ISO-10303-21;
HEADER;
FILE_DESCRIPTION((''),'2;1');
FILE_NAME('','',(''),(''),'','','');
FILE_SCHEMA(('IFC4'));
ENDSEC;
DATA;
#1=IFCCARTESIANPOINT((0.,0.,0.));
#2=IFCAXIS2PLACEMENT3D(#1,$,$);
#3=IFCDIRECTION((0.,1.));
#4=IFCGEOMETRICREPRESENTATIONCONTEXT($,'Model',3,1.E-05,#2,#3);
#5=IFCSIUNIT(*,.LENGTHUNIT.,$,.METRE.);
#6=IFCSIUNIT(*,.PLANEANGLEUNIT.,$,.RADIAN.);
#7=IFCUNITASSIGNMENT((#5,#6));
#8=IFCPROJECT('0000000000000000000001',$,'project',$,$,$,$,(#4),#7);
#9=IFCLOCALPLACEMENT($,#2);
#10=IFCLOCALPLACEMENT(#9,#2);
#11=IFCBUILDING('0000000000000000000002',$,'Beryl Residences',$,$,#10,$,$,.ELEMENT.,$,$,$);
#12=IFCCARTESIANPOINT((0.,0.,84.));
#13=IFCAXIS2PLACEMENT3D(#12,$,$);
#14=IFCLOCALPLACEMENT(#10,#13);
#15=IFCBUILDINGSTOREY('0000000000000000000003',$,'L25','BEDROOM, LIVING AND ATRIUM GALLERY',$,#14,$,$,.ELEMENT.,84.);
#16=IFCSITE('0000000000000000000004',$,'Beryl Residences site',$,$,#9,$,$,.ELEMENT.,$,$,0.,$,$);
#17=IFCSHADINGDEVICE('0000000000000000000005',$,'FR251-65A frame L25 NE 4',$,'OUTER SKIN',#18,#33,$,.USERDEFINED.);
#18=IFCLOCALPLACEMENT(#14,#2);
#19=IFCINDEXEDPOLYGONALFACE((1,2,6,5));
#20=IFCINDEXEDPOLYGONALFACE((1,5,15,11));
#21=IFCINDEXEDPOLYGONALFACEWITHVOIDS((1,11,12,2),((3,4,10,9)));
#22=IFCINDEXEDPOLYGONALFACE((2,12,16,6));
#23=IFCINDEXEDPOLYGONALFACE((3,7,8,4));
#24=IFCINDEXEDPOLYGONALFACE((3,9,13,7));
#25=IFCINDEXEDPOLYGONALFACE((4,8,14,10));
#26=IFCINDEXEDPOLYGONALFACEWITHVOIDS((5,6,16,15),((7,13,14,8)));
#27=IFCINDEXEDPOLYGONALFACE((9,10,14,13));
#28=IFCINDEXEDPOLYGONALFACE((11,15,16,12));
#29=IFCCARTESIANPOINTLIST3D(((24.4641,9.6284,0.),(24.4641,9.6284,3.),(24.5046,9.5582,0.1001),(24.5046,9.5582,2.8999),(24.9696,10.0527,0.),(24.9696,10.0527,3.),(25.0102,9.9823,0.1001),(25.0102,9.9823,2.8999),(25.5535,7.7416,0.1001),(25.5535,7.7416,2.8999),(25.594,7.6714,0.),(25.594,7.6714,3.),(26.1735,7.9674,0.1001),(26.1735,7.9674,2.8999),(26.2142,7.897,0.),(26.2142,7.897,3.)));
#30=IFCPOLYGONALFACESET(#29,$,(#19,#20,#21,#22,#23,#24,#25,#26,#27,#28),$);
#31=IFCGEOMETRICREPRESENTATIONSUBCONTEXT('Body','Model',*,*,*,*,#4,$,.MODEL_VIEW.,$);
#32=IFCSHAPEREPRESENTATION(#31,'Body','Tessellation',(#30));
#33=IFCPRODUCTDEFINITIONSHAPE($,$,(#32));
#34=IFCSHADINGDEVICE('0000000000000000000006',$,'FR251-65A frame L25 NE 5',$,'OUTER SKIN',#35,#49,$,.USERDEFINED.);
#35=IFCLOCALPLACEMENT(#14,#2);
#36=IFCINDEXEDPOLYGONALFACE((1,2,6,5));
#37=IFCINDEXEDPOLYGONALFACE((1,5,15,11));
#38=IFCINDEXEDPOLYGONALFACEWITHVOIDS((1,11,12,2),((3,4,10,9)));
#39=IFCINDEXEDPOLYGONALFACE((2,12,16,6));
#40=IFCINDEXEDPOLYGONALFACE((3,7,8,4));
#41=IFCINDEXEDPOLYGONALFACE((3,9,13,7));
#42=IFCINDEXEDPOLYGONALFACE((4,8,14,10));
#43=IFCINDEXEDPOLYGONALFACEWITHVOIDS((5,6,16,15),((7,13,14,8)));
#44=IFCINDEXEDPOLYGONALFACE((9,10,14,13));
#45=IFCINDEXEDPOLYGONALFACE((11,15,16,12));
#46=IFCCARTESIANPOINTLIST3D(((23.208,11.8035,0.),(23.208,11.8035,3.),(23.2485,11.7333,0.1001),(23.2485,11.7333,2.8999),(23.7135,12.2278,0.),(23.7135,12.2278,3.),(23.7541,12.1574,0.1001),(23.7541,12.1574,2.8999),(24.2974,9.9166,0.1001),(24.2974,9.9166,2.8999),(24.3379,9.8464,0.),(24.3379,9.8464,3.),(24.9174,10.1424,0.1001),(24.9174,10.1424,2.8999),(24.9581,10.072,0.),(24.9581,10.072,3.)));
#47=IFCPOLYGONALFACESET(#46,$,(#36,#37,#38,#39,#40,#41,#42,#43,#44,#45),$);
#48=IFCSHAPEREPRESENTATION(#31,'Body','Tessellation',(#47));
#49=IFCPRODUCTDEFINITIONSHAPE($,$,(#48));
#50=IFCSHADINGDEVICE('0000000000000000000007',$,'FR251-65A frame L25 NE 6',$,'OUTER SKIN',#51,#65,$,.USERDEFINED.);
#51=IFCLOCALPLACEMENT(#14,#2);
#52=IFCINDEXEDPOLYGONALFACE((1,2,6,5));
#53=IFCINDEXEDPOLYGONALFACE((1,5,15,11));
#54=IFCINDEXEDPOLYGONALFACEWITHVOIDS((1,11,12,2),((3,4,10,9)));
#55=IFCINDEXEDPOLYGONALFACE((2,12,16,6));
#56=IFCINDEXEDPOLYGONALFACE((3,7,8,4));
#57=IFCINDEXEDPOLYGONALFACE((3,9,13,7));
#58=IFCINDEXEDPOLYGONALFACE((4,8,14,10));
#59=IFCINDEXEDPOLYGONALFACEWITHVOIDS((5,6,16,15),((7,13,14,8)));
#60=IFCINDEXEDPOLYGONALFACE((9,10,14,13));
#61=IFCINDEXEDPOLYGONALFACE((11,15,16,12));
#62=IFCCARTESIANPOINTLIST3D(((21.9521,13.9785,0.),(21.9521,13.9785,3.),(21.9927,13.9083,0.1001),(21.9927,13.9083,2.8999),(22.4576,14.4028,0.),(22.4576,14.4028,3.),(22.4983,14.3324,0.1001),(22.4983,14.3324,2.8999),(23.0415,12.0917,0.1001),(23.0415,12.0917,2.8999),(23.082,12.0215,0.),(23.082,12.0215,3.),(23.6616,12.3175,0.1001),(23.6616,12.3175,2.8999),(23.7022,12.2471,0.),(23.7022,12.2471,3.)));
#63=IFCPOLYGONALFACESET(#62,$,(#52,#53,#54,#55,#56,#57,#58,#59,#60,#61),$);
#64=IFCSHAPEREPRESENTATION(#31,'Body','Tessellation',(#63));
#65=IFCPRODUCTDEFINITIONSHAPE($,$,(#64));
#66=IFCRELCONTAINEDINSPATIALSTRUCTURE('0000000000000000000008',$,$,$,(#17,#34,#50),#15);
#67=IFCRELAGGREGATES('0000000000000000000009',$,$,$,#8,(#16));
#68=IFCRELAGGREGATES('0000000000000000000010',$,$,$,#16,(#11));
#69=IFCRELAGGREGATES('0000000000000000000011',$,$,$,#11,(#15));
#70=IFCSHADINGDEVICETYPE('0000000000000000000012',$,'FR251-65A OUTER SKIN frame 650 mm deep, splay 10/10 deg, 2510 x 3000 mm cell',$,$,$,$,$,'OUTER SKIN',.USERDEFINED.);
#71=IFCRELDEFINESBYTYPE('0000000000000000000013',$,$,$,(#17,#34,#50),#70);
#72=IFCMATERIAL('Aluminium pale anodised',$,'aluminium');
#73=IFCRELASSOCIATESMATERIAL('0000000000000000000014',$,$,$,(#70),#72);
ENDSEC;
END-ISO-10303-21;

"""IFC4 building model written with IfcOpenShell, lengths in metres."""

from ifc_helpers import new_model, entity, si_unit, direction, frame, origin, place, context, subcontext, project, spatial, source, transform, mapped, material, type_object, type_shapes, element, save


model = new_model("IFC4")

# Units and contexts
model_context = context("Model", 3, precision=1e-05, world=origin(), true_north=direction((0.0, 1.0)))
body_context = subcontext(model_context, "Body", "Model", "MODEL_VIEW")
ifc_project = project(units=[si_unit("LENGTHUNIT", "METRE"), si_unit("PLANEANGLEUNIT", "RADIAN")], contexts=[model_context])

# Site, building, storey
site_placement = place(None, origin())
site = spatial("IfcSite", under=ifc_project, at=site_placement, Name="Beryl Residences site", CompositionType="ELEMENT", RefElevation=0.0)
building_placement = place(site_placement, origin())
building = spatial("IfcBuilding", under=site, at=building_placement, Name="Beryl Residences", CompositionType="ELEMENT")
storey_placement = place(building_placement, frame((0.0, 0.0, 84.0)))
storey = spatial("IfcBuildingStorey", under=building, at=storey_placement, Name="L25", Description="BEDROOM, LIVING AND ATRIUM GALLERY", CompositionType="ELEMENT", Elevation=84.0)

# Shading devices
ifc_material_1 = material(Name="Aluminium pale anodised", Category="aluminium")
shading_device_type = type_object("IfcShadingDeviceType", Name="FR251-65A OUTER SKIN frame 650 mm deep, splay 10/10 deg, 2510 x 3000 mm cell", ElementType="OUTER SKIN", PredefinedType="USERDEFINED", material=ifc_material_1)
cartesian_point_1 = entity("IfcCartesianPoint", [-1.1299, 0.0])
cartesian_point_2 = entity("IfcCartesianPoint", [-1.0488, 0.1001])
cartesian_point_3 = entity("IfcCartesianPoint", [-1.2446, 0.0])
cartesian_point_4 = entity("IfcCartesianPoint", [-1.1633, 0.1001])
shared_shape = source(origin(), body_context, "Body", "SweptSolid", [
    entity("IfcExtrudedAreaSolidTapered", entity("IfcArbitraryProfileDefWithVoids", "AREA", None, entity("IfcPolyline", [cartesian_point_1, entity("IfcCartesianPoint", [1.1299, 0.0]), entity("IfcCartesianPoint", [1.1299, 3.0]), entity("IfcCartesianPoint", [-1.1299, 3.0]), cartesian_point_1]), [entity("IfcPolyline", [cartesian_point_2, entity("IfcCartesianPoint", [1.0488, 0.1001]), entity("IfcCartesianPoint", [1.0488, 2.8999]), entity("IfcCartesianPoint", [-1.0488, 2.8999]), cartesian_point_2])]), entity("IfcAxis2Placement3D", entity("IfcCartesianPoint", [0.0, 0.0, 0.0]), entity("IfcDirection", [0.0, 1.0, 0.0]), entity("IfcDirection", [-1.0, 0.0, 0.0])), entity("IfcDirection", [0.0, 0.0, 1.0]), 0.6499, entity("IfcArbitraryProfileDefWithVoids", "AREA", None, entity("IfcPolyline", [cartesian_point_3, entity("IfcCartesianPoint", [1.2446, 0.0]), entity("IfcCartesianPoint", [1.2446, 3.0]), entity("IfcCartesianPoint", [-1.2446, 3.0]), cartesian_point_3]), [entity("IfcPolyline", [cartesian_point_4, entity("IfcCartesianPoint", [1.1633, 0.1001]), entity("IfcCartesianPoint", [1.1633, 2.8999]), entity("IfcCartesianPoint", [-1.1633, 2.8999]), cartesian_point_4])])),
])
type_shapes(shading_device_type, [shared_shape])
for number, where, z_axis, x_axis, name in (
    (1, (25.0291, 8.6499, 0.0), (0.0, 0.0, 1.0), (0.5, -0.866025, 0.0), "FR251-65A frame L25 NE 4"),
    (2, (23.7729, 10.825, 0.0), (0.0, 0.0, 1.0), (0.5, -0.866025, 0.0), "FR251-65A frame L25 NE 5"),
    (3, (22.5171, 13.0, 0.0), (0.0, 0.0, 1.0), (0.5, -0.866025, 0.0), "FR251-65A frame L25 NE 6"),
):
    element("IfcShadingDevice", number, at=place(storey_placement, frame(where, z_axis=z_axis, x_axis=x_axis)), inside=storey, type_object=shading_device_type, Name=name, ObjectType="OUTER SKIN", PredefinedType="USERDEFINED", context=body_context, shape_type="MappedRepresentation", body=[
        mapped(shared_shape, transform((0.0, 0.0, 0.0))),
    ])

save(model, "model.ifc")
